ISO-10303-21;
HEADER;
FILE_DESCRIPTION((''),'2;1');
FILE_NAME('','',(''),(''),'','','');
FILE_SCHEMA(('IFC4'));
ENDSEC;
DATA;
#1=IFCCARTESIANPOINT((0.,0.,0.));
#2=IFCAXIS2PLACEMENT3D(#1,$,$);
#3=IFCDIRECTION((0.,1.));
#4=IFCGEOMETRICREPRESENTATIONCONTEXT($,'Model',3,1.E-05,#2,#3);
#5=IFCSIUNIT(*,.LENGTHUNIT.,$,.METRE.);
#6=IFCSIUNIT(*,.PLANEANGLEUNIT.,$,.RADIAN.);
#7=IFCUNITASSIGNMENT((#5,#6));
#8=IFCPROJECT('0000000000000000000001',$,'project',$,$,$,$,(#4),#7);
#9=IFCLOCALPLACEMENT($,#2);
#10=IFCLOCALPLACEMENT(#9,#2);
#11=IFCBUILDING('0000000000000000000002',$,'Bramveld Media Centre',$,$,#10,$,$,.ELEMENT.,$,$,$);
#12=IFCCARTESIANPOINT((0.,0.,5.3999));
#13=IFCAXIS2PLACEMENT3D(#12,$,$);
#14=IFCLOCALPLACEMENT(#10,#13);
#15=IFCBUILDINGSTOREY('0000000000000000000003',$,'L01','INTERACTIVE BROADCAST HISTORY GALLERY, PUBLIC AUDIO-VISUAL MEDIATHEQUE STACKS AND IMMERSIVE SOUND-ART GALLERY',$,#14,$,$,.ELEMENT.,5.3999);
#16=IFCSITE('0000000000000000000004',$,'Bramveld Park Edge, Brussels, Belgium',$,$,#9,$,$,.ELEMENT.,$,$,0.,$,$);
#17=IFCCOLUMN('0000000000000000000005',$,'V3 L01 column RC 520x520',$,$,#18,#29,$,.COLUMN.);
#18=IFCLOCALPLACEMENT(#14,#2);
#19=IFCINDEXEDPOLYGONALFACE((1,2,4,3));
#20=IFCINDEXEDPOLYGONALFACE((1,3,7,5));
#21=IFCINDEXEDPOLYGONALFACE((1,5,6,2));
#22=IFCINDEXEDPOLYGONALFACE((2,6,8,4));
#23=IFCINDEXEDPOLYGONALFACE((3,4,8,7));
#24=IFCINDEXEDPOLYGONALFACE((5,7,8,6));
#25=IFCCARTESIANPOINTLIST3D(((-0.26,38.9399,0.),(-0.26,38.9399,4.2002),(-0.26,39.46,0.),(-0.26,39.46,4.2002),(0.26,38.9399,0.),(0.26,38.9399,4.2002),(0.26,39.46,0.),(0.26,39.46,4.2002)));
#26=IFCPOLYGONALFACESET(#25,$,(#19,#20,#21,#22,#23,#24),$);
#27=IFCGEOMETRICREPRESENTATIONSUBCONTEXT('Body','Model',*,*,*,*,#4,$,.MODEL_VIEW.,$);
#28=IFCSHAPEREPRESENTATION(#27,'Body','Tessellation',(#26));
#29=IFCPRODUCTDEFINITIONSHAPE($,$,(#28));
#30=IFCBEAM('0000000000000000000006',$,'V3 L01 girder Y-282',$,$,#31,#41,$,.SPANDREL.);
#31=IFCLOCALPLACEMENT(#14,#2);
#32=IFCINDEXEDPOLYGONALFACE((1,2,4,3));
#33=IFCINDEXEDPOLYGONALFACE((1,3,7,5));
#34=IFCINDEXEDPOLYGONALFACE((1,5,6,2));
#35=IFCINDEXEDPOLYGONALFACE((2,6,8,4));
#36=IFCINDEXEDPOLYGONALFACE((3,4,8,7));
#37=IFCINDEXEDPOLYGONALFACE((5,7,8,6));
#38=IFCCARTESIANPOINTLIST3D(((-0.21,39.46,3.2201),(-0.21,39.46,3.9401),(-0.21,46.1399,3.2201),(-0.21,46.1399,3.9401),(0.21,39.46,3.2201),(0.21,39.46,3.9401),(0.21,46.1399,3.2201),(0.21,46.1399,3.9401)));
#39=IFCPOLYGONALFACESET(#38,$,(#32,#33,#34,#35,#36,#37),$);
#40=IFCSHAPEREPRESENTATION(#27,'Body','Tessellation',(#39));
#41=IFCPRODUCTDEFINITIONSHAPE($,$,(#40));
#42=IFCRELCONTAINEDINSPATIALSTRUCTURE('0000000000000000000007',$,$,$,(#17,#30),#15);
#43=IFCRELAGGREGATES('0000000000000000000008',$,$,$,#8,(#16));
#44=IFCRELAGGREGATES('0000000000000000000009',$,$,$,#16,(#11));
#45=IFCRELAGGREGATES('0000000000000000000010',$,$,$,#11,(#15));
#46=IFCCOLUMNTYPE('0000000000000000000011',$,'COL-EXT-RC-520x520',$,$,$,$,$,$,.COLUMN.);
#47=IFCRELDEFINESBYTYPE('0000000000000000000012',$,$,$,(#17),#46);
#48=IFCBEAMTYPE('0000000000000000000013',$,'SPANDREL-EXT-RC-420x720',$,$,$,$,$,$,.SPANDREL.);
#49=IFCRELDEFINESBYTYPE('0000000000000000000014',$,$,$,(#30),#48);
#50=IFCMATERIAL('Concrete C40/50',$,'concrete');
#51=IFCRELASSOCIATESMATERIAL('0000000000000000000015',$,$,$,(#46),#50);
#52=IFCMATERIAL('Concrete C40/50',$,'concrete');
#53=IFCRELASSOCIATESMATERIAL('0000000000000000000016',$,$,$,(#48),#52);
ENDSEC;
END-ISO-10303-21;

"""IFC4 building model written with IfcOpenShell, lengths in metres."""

from ifc_helpers import new_model, si_unit, direction, frame, origin, origin_2d, place, context, subcontext, project, spatial, rectangle, extrude, material, material_profile, profile_set, type_object, element, save


model = new_model("IFC4")

# Units and contexts
model_context = context("Model", 3, precision=1e-05, world=origin(), true_north=direction((0.0, 1.0)))
body_context = subcontext(model_context, "Body", "Model", "MODEL_VIEW")
ifc_project = project(units=[si_unit("LENGTHUNIT", "METRE"), si_unit("PLANEANGLEUNIT", "RADIAN")], contexts=[model_context])

# Site, building, storey
site_placement = place(None, origin())
site = spatial("IfcSite", under=ifc_project, at=site_placement, Name="Bramveld Park Edge, Brussels, Belgium", CompositionType="ELEMENT", RefElevation=0.0)
building_placement = place(site_placement, origin())
building = spatial("IfcBuilding", under=site, at=building_placement, Name="Bramveld Media Centre", CompositionType="ELEMENT")
storey_placement = place(building_placement, frame((0.0, 0.0, 5.3999)))
storey = spatial("IfcBuildingStorey", under=building, at=storey_placement, Name="L01", Description="INTERACTIVE BROADCAST HISTORY GALLERY, PUBLIC AUDIO-VISUAL MEDIATHEQUE STACKS AND IMMERSIVE SOUND-ART GALLERY", CompositionType="ELEMENT", Elevation=5.3999)

# Column
ifc_material_1 = material(Name="Concrete C40/50", Category="concrete")
ifc_material_profile_1 = material_profile(ifc_material_1, rectangle(XDim=0.52, YDim=0.52, at=origin_2d()), Name="RC 520x520")
ifc_profile_set_1 = profile_set([ifc_material_profile_1], Name="Concrete C40/50")
column_type = type_object("IfcColumnType", Name="COL-EXT-RC-520x520", PredefinedType="COLUMN", material=ifc_profile_set_1)
column_placement = place(storey_placement, frame((0.0, 39.2, 0.0), z_axis=(0.0, 0.0, 1.0), x_axis=(1.0, 0.0, 0.0)))
element("IfcColumn", 1, at=column_placement, inside=storey, type_object=column_type, Name="V3 L01 column RC 520x520", PredefinedType="COLUMN", context=body_context, shape_type="SweptSolid", body=[
    extrude(rectangle(XDim=0.52, YDim=0.52, at=origin_2d()), origin(), (0.0, 0.0, 1.0), 4.2002),
])

# Beam
ifc_material_2 = material(Name="Concrete C40/50", Category="concrete")
ifc_material_profile_2 = material_profile(ifc_material_2, rectangle(XDim=0.4199, YDim=0.72, at=origin_2d()), Name="RC 420x720")
ifc_profile_set_2 = profile_set([ifc_material_profile_2], Name="Concrete C40/50")
beam_type = type_object("IfcBeamType", Name="SPANDREL-EXT-RC-420x720", PredefinedType="SPANDREL", material=ifc_profile_set_2)
beam_placement = place(storey_placement, frame((0.0, 39.46, 3.5801), z_axis=(0.0, 1.0, 0.0), x_axis=(-1.0, 0.0, 0.0)))
element("IfcBeam", 2, at=beam_placement, inside=storey, type_object=beam_type, Name="V3 L01 girder Y-282", PredefinedType="SPANDREL", context=body_context, shape_type="SweptSolid", body=[
    extrude(rectangle(XDim=0.4199, YDim=0.72, at=origin_2d()), origin(), (0.0, 0.0, 1.0), 6.6799),
])

save(model, "model.ifc")
